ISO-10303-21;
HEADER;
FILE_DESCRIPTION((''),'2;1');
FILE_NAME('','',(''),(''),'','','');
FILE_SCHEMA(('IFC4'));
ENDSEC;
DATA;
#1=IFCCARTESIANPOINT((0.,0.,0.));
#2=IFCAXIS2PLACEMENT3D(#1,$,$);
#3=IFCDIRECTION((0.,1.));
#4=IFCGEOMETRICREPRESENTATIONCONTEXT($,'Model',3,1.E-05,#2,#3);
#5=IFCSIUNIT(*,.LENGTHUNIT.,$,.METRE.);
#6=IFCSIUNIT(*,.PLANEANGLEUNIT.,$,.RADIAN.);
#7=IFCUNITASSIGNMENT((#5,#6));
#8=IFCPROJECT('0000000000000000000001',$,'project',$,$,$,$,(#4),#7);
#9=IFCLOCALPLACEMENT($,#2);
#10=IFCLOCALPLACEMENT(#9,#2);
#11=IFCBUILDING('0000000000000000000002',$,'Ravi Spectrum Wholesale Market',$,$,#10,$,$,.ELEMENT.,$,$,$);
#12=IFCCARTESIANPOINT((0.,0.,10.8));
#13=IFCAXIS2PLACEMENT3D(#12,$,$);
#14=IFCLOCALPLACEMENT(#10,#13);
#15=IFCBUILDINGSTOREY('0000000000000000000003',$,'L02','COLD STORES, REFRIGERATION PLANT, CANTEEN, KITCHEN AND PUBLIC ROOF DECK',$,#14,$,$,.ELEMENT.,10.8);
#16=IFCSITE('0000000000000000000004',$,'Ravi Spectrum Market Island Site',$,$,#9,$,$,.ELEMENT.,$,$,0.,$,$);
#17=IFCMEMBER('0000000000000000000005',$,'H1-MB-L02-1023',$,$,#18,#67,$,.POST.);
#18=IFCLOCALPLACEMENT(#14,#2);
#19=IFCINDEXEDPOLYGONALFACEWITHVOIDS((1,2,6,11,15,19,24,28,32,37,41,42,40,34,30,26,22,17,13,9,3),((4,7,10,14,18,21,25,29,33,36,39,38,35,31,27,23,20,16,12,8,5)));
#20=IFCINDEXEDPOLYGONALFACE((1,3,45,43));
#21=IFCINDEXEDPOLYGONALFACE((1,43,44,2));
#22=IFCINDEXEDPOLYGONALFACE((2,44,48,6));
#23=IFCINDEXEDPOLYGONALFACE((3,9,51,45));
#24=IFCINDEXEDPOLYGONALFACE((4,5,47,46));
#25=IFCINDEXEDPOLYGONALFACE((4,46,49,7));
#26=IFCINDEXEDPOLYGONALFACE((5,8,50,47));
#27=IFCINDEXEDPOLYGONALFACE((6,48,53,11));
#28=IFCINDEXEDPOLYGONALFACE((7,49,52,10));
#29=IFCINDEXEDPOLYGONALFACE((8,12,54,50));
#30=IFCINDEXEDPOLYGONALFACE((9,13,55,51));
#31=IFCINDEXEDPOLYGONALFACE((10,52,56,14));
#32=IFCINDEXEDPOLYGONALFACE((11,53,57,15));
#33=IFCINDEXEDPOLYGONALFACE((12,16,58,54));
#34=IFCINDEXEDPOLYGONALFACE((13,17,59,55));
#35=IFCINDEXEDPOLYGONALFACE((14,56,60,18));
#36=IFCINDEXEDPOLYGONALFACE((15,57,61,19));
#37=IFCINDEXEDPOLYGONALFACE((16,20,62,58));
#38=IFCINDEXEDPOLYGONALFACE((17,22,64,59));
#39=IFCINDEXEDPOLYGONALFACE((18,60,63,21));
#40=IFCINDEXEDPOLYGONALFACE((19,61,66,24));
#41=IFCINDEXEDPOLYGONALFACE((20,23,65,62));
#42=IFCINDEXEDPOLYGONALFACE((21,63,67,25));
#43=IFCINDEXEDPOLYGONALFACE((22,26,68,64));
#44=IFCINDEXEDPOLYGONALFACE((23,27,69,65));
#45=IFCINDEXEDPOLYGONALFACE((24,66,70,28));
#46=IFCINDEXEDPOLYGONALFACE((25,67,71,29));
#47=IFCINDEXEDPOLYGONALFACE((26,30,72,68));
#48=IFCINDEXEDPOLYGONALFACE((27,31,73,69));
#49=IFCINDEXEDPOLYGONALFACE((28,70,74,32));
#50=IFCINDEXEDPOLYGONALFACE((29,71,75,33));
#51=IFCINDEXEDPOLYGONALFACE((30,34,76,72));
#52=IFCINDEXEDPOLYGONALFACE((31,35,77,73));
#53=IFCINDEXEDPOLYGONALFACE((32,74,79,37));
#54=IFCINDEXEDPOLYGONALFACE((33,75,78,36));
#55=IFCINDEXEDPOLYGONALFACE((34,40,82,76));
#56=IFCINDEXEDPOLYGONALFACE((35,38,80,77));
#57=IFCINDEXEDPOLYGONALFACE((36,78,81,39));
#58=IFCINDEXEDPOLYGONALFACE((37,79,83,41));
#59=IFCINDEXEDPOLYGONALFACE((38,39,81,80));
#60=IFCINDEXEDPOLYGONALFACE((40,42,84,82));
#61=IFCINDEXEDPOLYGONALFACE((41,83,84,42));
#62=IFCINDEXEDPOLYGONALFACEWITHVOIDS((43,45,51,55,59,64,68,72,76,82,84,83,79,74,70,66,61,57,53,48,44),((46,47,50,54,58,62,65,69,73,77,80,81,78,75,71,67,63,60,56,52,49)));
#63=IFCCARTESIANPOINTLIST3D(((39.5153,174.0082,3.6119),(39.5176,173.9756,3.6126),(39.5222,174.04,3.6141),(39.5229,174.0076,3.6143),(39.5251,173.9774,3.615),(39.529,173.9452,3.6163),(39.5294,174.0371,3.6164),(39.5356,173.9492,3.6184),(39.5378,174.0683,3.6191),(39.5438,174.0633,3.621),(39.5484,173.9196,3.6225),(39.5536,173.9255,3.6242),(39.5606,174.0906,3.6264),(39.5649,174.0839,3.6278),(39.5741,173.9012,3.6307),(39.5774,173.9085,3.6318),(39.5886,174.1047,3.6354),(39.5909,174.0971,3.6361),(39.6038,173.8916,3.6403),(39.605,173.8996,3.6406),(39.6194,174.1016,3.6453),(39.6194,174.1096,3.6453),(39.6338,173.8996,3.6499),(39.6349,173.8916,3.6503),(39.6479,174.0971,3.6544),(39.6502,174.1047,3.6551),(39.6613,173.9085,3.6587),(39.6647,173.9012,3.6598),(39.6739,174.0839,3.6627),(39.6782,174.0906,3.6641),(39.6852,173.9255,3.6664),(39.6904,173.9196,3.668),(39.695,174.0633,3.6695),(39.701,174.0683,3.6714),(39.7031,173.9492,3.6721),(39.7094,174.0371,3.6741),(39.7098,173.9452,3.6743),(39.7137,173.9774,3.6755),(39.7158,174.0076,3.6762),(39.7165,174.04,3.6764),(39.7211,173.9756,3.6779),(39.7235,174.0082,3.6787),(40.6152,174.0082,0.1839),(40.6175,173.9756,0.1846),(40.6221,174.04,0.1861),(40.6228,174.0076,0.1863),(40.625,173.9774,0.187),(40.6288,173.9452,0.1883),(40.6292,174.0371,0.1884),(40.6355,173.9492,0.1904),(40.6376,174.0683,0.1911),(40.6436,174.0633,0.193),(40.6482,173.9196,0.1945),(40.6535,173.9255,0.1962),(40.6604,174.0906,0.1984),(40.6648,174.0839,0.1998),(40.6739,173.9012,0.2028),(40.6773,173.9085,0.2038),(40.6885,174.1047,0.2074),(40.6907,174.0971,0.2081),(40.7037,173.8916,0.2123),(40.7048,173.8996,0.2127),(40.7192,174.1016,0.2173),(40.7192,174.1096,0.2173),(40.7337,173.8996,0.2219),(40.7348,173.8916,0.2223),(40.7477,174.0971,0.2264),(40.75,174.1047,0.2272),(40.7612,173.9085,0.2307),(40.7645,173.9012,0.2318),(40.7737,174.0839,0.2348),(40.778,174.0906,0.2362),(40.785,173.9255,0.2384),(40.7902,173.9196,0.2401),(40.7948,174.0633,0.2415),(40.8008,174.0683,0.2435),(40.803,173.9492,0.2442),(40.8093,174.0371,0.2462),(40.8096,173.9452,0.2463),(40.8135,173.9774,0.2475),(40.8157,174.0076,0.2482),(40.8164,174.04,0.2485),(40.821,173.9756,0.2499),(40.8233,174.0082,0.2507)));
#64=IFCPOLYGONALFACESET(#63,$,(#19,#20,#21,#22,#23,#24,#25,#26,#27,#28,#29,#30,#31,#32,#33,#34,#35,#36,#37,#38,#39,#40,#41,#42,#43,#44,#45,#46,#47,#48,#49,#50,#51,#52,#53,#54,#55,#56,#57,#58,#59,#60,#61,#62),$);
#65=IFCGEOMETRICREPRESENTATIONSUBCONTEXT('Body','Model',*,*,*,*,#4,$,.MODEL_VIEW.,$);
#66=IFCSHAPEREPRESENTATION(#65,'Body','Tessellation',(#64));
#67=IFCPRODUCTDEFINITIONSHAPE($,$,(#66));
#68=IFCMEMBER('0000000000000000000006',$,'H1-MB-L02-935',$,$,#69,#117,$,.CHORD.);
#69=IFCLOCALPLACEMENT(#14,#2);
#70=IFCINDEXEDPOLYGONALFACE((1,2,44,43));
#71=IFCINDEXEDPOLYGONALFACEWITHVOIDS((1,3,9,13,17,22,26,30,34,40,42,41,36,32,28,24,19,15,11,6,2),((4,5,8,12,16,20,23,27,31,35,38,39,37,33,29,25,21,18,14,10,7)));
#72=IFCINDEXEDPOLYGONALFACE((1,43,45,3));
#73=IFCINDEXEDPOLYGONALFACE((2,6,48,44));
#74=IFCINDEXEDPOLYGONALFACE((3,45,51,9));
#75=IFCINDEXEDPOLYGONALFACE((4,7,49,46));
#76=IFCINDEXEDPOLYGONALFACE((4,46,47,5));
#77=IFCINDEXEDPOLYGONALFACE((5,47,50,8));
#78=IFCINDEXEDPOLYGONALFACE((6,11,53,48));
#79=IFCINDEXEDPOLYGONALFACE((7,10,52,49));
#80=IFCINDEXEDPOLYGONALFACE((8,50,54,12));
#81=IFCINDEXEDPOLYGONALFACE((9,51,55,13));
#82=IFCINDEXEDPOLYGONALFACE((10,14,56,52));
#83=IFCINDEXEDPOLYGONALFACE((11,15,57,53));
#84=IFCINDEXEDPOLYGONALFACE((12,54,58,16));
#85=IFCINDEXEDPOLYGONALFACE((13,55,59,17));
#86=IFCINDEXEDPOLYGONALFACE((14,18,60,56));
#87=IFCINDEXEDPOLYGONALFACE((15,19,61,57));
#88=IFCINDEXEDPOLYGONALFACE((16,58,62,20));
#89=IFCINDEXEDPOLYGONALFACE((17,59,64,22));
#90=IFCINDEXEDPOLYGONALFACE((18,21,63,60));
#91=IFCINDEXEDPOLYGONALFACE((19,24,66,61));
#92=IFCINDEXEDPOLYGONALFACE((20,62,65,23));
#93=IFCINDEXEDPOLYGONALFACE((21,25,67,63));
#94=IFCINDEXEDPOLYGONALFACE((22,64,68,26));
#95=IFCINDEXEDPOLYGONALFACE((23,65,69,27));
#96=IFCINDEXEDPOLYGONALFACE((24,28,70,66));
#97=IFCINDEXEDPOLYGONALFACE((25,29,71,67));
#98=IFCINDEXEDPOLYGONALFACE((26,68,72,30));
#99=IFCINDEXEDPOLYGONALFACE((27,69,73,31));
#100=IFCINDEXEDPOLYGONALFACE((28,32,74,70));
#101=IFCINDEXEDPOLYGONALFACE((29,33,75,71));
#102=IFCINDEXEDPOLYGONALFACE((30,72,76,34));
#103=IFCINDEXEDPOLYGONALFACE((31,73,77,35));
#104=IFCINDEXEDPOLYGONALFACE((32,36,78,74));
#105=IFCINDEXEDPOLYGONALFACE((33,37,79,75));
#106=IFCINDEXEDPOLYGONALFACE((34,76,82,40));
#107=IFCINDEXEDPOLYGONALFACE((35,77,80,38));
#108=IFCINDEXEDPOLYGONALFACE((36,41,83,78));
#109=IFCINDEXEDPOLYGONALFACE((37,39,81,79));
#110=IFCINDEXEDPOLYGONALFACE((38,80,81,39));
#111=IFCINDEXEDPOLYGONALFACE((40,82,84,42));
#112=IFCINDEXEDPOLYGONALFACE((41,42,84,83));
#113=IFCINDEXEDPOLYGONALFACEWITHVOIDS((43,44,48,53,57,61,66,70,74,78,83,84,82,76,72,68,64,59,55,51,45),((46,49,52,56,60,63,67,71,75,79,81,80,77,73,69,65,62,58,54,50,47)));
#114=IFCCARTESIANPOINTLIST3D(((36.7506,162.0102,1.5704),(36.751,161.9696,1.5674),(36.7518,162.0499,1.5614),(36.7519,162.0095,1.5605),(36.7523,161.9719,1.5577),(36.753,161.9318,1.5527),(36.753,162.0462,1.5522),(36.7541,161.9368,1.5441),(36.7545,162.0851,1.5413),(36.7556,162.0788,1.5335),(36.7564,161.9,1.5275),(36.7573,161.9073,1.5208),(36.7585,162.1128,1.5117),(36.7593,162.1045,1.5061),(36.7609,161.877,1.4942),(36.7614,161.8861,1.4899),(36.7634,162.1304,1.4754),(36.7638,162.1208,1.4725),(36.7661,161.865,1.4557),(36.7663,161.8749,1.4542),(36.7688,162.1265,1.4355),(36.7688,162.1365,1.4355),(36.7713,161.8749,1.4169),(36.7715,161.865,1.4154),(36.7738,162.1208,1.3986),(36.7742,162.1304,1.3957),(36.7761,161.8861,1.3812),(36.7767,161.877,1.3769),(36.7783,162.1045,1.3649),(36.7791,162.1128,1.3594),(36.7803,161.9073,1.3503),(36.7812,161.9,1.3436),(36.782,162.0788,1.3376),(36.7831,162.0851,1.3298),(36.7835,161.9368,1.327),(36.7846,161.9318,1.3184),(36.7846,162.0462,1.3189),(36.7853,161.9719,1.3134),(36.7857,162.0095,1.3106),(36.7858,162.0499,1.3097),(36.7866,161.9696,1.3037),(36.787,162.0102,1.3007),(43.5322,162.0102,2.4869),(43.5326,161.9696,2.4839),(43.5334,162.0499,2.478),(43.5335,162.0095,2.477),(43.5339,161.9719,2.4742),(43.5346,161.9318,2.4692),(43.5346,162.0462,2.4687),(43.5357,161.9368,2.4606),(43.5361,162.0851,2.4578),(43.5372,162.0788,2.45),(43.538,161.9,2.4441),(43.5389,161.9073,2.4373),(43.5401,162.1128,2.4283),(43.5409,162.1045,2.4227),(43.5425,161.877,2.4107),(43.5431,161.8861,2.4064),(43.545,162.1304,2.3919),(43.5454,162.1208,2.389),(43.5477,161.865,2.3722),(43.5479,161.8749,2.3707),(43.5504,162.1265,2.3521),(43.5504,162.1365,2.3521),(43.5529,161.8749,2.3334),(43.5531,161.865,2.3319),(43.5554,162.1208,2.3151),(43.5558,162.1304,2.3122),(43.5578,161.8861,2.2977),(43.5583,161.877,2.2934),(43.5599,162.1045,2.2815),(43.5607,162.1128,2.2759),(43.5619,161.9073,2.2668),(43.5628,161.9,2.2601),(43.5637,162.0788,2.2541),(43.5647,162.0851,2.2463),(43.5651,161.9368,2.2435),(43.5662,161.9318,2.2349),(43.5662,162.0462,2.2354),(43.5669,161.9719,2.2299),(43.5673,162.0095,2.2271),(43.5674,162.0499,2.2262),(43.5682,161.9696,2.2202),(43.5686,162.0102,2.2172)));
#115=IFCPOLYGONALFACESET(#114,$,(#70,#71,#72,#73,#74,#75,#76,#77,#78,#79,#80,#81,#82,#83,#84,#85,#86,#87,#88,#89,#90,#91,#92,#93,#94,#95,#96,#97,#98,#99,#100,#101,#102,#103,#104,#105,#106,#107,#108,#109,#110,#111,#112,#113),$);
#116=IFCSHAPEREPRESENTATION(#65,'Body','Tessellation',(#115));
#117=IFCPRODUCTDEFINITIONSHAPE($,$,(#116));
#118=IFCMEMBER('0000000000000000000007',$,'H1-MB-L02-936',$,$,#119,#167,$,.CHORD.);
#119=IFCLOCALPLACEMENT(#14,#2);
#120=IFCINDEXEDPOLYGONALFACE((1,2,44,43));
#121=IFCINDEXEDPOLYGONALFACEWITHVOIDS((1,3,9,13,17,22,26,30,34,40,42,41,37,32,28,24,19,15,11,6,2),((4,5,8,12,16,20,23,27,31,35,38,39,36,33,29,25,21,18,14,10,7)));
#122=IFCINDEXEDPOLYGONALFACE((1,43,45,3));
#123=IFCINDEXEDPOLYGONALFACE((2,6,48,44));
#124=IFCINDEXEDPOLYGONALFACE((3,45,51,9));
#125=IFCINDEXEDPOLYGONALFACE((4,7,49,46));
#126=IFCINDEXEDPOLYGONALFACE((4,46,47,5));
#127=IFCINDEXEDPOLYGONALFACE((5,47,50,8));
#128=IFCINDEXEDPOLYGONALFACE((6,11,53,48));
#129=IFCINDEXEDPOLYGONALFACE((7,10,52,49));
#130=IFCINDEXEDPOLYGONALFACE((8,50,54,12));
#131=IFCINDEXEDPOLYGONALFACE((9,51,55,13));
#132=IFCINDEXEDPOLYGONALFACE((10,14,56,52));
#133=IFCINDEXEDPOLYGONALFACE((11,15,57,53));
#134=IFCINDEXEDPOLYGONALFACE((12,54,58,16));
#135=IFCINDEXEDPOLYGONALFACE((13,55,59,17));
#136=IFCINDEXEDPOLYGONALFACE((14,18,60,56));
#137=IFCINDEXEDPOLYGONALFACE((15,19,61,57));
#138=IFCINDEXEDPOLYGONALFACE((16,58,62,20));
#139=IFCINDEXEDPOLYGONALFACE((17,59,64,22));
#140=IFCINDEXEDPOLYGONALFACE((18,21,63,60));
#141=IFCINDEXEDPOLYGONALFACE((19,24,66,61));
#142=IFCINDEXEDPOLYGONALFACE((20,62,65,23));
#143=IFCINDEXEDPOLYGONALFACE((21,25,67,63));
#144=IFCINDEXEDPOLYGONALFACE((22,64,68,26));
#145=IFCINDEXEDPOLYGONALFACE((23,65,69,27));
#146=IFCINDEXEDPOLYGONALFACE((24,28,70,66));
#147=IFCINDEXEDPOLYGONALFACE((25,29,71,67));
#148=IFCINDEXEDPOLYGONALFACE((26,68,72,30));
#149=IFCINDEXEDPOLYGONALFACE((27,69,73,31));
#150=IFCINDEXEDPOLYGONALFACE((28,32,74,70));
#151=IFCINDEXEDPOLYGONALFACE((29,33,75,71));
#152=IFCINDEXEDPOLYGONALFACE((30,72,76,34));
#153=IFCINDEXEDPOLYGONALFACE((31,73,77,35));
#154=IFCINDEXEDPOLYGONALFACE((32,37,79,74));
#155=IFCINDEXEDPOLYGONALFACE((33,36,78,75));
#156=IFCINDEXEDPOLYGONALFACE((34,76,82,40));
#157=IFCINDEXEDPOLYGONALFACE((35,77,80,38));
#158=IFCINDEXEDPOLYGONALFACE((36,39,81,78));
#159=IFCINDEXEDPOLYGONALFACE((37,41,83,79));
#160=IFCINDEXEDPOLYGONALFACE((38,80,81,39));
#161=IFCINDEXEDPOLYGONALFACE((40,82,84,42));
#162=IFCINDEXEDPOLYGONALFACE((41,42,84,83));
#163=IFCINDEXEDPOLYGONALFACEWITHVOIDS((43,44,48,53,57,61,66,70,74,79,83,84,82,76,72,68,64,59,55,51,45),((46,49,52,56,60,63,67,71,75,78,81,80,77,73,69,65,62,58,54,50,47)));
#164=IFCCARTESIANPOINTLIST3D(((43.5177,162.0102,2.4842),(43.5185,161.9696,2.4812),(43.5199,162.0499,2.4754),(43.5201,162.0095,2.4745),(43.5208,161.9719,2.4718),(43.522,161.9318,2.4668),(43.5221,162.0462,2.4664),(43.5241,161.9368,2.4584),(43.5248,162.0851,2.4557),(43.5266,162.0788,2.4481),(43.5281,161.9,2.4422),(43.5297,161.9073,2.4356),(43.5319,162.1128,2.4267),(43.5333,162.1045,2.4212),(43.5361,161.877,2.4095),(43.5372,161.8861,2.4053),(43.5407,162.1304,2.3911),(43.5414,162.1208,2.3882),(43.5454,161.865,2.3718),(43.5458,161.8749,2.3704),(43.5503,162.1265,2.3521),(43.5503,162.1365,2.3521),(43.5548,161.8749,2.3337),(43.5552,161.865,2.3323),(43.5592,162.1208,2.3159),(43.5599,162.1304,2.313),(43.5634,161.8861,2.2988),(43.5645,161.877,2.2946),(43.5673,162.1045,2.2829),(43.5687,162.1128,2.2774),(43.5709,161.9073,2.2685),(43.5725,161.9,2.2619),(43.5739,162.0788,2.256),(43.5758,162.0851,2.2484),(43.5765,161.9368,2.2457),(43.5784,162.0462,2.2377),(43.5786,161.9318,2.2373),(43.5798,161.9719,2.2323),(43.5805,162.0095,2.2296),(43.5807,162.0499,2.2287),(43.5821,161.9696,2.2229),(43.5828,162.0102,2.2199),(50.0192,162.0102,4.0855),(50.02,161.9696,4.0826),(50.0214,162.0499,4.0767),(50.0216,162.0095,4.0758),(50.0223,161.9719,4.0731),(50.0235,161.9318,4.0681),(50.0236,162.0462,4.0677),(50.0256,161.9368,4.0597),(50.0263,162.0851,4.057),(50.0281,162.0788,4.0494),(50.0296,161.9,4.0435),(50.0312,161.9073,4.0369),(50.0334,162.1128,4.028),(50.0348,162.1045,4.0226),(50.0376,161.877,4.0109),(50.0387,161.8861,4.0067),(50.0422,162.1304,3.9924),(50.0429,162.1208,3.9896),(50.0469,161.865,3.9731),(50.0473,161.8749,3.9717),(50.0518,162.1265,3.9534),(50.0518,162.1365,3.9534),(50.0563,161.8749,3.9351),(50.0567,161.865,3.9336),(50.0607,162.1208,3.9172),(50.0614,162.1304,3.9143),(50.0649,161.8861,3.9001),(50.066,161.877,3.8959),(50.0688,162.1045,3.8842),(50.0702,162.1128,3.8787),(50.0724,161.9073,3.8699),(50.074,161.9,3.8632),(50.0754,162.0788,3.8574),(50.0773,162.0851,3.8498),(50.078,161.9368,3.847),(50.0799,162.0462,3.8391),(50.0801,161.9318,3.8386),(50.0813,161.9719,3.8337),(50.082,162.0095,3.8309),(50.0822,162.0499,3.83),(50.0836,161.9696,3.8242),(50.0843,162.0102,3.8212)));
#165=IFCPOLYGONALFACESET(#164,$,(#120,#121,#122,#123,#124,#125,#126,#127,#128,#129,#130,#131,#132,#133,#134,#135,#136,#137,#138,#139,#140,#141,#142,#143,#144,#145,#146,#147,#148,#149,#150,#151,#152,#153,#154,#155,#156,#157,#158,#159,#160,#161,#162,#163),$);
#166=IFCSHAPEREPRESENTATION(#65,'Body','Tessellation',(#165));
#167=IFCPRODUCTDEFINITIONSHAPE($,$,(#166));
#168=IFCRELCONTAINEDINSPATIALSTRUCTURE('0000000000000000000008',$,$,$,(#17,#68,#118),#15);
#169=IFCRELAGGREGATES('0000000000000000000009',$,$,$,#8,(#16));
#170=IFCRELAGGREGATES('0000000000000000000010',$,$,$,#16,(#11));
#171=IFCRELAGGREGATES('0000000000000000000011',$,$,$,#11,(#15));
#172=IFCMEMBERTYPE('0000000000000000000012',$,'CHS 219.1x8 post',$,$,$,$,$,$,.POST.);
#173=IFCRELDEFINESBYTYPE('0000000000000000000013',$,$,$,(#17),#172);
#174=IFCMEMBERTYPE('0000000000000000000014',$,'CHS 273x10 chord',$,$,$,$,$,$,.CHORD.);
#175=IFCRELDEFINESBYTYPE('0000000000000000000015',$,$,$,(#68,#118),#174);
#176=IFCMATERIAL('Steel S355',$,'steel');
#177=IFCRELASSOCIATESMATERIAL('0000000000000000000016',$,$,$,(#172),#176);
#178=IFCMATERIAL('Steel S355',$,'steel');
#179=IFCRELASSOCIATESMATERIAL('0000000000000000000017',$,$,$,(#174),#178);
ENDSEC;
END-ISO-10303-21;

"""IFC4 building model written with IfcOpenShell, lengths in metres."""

from ifc_helpers import new_model, si_unit, direction, frame, origin, origin_2d, place, context, subcontext, project, spatial, hollow_circle, extrude, material, material_profile, profile_set, type_object, element, save


model = new_model("IFC4")

# Units and contexts
model_context = context("Model", 3, precision=1e-05, world=origin(), true_north=direction((0.0, 1.0)))
body_context = subcontext(model_context, "Body", "Model", "MODEL_VIEW")
ifc_project = project(units=[si_unit("LENGTHUNIT", "METRE"), si_unit("PLANEANGLEUNIT", "RADIAN")], contexts=[model_context])

# Site, building, storey
site_placement = place(None, origin())
site = spatial("IfcSite", under=ifc_project, at=site_placement, Name="Ravi Spectrum Market Island Site", CompositionType="ELEMENT", RefElevation=0.0)
building_placement = place(site_placement, origin())
building = spatial("IfcBuilding", under=site, at=building_placement, Name="Ravi Spectrum Wholesale Market", CompositionType="ELEMENT")
storey_placement = place(building_placement, frame((0.0, 0.0, 10.8)))
storey = spatial("IfcBuildingStorey", under=building, at=storey_placement, Name="L02", Description="COLD STORES, REFRIGERATION PLANT, CANTEEN, KITCHEN AND PUBLIC ROOF DECK", CompositionType="ELEMENT", Elevation=10.8)

# Members
ifc_material_1 = material(Name="Steel S355", Category="steel")
ifc_material_profile_1 = material_profile(ifc_material_1, hollow_circle(Radius=0.1096, WallThickness=0.0081, at=origin_2d()))
ifc_profile_set_1 = profile_set([ifc_material_profile_1], Name="Steel S355")
member_type_1 = type_object("IfcMemberType", Name="CHS 219.1x8 post", PredefinedType="POST", material=ifc_profile_set_1)
member_1_placement = place(storey_placement, frame((39.6194, 174.0, 3.6453), z_axis=(0.305506, 0.0, -0.95219), x_axis=(0.0, 1.0, 0.0)))
element("IfcMember", 1, at=member_1_placement, inside=storey, type_object=member_type_1, Name="H1-MB-L02-1023", PredefinedType="POST", context=body_context, shape_type="SweptSolid", body=[
    extrude(hollow_circle(Radius=0.1096, WallThickness=0.0081, at=origin_2d()), origin(), (0.0, 0.0, 1.0), 3.6001),
])
ifc_material_2 = material(Name="Steel S355", Category="steel")
ifc_material_profile_2 = material_profile(ifc_material_2, hollow_circle(Radius=0.1365, WallThickness=0.01, at=origin_2d()))
ifc_profile_set_2 = profile_set([ifc_material_profile_2], Name="Steel S355")
member_type_2 = type_object("IfcMemberType", Name="CHS 273x10 chord", PredefinedType="CHORD", material=ifc_profile_set_2)
member_2_placement = place(storey_placement, frame((36.7688, 162.0, 1.4355), z_axis=(0.990991, 0.0, 0.13393), x_axis=(0.0, 1.0, 0.0)))
element("IfcMember", 2, at=member_2_placement, inside=storey, type_object=member_type_2, Name="H1-MB-L02-935", PredefinedType="CHORD", context=body_context, shape_type="SweptSolid", body=[
    extrude(hollow_circle(Radius=0.1365, WallThickness=0.01, at=origin_2d()), origin(), (0.0, 0.0, 1.0), 6.8433),
])
for number, where, z_axis, x_axis, name in (
    (3, (43.5503, 162.0, 2.3521), (0.970982, 0.0, 0.239154), (0.0, 1.0, 0.0), "H1-MB-L02-936"),
):
    element("IfcMember", number, at=place(storey_placement, frame(where, z_axis=z_axis, x_axis=x_axis)), inside=storey, type_object=member_type_2, Name=name, PredefinedType="CHORD", context=body_context, shape_type="SweptSolid", body=[
        extrude(hollow_circle(Radius=0.1365, WallThickness=0.01, at=origin_2d()), origin(), (0.0, 0.0, 1.0), 6.6958),
    ])

save(model, "model.ifc")
